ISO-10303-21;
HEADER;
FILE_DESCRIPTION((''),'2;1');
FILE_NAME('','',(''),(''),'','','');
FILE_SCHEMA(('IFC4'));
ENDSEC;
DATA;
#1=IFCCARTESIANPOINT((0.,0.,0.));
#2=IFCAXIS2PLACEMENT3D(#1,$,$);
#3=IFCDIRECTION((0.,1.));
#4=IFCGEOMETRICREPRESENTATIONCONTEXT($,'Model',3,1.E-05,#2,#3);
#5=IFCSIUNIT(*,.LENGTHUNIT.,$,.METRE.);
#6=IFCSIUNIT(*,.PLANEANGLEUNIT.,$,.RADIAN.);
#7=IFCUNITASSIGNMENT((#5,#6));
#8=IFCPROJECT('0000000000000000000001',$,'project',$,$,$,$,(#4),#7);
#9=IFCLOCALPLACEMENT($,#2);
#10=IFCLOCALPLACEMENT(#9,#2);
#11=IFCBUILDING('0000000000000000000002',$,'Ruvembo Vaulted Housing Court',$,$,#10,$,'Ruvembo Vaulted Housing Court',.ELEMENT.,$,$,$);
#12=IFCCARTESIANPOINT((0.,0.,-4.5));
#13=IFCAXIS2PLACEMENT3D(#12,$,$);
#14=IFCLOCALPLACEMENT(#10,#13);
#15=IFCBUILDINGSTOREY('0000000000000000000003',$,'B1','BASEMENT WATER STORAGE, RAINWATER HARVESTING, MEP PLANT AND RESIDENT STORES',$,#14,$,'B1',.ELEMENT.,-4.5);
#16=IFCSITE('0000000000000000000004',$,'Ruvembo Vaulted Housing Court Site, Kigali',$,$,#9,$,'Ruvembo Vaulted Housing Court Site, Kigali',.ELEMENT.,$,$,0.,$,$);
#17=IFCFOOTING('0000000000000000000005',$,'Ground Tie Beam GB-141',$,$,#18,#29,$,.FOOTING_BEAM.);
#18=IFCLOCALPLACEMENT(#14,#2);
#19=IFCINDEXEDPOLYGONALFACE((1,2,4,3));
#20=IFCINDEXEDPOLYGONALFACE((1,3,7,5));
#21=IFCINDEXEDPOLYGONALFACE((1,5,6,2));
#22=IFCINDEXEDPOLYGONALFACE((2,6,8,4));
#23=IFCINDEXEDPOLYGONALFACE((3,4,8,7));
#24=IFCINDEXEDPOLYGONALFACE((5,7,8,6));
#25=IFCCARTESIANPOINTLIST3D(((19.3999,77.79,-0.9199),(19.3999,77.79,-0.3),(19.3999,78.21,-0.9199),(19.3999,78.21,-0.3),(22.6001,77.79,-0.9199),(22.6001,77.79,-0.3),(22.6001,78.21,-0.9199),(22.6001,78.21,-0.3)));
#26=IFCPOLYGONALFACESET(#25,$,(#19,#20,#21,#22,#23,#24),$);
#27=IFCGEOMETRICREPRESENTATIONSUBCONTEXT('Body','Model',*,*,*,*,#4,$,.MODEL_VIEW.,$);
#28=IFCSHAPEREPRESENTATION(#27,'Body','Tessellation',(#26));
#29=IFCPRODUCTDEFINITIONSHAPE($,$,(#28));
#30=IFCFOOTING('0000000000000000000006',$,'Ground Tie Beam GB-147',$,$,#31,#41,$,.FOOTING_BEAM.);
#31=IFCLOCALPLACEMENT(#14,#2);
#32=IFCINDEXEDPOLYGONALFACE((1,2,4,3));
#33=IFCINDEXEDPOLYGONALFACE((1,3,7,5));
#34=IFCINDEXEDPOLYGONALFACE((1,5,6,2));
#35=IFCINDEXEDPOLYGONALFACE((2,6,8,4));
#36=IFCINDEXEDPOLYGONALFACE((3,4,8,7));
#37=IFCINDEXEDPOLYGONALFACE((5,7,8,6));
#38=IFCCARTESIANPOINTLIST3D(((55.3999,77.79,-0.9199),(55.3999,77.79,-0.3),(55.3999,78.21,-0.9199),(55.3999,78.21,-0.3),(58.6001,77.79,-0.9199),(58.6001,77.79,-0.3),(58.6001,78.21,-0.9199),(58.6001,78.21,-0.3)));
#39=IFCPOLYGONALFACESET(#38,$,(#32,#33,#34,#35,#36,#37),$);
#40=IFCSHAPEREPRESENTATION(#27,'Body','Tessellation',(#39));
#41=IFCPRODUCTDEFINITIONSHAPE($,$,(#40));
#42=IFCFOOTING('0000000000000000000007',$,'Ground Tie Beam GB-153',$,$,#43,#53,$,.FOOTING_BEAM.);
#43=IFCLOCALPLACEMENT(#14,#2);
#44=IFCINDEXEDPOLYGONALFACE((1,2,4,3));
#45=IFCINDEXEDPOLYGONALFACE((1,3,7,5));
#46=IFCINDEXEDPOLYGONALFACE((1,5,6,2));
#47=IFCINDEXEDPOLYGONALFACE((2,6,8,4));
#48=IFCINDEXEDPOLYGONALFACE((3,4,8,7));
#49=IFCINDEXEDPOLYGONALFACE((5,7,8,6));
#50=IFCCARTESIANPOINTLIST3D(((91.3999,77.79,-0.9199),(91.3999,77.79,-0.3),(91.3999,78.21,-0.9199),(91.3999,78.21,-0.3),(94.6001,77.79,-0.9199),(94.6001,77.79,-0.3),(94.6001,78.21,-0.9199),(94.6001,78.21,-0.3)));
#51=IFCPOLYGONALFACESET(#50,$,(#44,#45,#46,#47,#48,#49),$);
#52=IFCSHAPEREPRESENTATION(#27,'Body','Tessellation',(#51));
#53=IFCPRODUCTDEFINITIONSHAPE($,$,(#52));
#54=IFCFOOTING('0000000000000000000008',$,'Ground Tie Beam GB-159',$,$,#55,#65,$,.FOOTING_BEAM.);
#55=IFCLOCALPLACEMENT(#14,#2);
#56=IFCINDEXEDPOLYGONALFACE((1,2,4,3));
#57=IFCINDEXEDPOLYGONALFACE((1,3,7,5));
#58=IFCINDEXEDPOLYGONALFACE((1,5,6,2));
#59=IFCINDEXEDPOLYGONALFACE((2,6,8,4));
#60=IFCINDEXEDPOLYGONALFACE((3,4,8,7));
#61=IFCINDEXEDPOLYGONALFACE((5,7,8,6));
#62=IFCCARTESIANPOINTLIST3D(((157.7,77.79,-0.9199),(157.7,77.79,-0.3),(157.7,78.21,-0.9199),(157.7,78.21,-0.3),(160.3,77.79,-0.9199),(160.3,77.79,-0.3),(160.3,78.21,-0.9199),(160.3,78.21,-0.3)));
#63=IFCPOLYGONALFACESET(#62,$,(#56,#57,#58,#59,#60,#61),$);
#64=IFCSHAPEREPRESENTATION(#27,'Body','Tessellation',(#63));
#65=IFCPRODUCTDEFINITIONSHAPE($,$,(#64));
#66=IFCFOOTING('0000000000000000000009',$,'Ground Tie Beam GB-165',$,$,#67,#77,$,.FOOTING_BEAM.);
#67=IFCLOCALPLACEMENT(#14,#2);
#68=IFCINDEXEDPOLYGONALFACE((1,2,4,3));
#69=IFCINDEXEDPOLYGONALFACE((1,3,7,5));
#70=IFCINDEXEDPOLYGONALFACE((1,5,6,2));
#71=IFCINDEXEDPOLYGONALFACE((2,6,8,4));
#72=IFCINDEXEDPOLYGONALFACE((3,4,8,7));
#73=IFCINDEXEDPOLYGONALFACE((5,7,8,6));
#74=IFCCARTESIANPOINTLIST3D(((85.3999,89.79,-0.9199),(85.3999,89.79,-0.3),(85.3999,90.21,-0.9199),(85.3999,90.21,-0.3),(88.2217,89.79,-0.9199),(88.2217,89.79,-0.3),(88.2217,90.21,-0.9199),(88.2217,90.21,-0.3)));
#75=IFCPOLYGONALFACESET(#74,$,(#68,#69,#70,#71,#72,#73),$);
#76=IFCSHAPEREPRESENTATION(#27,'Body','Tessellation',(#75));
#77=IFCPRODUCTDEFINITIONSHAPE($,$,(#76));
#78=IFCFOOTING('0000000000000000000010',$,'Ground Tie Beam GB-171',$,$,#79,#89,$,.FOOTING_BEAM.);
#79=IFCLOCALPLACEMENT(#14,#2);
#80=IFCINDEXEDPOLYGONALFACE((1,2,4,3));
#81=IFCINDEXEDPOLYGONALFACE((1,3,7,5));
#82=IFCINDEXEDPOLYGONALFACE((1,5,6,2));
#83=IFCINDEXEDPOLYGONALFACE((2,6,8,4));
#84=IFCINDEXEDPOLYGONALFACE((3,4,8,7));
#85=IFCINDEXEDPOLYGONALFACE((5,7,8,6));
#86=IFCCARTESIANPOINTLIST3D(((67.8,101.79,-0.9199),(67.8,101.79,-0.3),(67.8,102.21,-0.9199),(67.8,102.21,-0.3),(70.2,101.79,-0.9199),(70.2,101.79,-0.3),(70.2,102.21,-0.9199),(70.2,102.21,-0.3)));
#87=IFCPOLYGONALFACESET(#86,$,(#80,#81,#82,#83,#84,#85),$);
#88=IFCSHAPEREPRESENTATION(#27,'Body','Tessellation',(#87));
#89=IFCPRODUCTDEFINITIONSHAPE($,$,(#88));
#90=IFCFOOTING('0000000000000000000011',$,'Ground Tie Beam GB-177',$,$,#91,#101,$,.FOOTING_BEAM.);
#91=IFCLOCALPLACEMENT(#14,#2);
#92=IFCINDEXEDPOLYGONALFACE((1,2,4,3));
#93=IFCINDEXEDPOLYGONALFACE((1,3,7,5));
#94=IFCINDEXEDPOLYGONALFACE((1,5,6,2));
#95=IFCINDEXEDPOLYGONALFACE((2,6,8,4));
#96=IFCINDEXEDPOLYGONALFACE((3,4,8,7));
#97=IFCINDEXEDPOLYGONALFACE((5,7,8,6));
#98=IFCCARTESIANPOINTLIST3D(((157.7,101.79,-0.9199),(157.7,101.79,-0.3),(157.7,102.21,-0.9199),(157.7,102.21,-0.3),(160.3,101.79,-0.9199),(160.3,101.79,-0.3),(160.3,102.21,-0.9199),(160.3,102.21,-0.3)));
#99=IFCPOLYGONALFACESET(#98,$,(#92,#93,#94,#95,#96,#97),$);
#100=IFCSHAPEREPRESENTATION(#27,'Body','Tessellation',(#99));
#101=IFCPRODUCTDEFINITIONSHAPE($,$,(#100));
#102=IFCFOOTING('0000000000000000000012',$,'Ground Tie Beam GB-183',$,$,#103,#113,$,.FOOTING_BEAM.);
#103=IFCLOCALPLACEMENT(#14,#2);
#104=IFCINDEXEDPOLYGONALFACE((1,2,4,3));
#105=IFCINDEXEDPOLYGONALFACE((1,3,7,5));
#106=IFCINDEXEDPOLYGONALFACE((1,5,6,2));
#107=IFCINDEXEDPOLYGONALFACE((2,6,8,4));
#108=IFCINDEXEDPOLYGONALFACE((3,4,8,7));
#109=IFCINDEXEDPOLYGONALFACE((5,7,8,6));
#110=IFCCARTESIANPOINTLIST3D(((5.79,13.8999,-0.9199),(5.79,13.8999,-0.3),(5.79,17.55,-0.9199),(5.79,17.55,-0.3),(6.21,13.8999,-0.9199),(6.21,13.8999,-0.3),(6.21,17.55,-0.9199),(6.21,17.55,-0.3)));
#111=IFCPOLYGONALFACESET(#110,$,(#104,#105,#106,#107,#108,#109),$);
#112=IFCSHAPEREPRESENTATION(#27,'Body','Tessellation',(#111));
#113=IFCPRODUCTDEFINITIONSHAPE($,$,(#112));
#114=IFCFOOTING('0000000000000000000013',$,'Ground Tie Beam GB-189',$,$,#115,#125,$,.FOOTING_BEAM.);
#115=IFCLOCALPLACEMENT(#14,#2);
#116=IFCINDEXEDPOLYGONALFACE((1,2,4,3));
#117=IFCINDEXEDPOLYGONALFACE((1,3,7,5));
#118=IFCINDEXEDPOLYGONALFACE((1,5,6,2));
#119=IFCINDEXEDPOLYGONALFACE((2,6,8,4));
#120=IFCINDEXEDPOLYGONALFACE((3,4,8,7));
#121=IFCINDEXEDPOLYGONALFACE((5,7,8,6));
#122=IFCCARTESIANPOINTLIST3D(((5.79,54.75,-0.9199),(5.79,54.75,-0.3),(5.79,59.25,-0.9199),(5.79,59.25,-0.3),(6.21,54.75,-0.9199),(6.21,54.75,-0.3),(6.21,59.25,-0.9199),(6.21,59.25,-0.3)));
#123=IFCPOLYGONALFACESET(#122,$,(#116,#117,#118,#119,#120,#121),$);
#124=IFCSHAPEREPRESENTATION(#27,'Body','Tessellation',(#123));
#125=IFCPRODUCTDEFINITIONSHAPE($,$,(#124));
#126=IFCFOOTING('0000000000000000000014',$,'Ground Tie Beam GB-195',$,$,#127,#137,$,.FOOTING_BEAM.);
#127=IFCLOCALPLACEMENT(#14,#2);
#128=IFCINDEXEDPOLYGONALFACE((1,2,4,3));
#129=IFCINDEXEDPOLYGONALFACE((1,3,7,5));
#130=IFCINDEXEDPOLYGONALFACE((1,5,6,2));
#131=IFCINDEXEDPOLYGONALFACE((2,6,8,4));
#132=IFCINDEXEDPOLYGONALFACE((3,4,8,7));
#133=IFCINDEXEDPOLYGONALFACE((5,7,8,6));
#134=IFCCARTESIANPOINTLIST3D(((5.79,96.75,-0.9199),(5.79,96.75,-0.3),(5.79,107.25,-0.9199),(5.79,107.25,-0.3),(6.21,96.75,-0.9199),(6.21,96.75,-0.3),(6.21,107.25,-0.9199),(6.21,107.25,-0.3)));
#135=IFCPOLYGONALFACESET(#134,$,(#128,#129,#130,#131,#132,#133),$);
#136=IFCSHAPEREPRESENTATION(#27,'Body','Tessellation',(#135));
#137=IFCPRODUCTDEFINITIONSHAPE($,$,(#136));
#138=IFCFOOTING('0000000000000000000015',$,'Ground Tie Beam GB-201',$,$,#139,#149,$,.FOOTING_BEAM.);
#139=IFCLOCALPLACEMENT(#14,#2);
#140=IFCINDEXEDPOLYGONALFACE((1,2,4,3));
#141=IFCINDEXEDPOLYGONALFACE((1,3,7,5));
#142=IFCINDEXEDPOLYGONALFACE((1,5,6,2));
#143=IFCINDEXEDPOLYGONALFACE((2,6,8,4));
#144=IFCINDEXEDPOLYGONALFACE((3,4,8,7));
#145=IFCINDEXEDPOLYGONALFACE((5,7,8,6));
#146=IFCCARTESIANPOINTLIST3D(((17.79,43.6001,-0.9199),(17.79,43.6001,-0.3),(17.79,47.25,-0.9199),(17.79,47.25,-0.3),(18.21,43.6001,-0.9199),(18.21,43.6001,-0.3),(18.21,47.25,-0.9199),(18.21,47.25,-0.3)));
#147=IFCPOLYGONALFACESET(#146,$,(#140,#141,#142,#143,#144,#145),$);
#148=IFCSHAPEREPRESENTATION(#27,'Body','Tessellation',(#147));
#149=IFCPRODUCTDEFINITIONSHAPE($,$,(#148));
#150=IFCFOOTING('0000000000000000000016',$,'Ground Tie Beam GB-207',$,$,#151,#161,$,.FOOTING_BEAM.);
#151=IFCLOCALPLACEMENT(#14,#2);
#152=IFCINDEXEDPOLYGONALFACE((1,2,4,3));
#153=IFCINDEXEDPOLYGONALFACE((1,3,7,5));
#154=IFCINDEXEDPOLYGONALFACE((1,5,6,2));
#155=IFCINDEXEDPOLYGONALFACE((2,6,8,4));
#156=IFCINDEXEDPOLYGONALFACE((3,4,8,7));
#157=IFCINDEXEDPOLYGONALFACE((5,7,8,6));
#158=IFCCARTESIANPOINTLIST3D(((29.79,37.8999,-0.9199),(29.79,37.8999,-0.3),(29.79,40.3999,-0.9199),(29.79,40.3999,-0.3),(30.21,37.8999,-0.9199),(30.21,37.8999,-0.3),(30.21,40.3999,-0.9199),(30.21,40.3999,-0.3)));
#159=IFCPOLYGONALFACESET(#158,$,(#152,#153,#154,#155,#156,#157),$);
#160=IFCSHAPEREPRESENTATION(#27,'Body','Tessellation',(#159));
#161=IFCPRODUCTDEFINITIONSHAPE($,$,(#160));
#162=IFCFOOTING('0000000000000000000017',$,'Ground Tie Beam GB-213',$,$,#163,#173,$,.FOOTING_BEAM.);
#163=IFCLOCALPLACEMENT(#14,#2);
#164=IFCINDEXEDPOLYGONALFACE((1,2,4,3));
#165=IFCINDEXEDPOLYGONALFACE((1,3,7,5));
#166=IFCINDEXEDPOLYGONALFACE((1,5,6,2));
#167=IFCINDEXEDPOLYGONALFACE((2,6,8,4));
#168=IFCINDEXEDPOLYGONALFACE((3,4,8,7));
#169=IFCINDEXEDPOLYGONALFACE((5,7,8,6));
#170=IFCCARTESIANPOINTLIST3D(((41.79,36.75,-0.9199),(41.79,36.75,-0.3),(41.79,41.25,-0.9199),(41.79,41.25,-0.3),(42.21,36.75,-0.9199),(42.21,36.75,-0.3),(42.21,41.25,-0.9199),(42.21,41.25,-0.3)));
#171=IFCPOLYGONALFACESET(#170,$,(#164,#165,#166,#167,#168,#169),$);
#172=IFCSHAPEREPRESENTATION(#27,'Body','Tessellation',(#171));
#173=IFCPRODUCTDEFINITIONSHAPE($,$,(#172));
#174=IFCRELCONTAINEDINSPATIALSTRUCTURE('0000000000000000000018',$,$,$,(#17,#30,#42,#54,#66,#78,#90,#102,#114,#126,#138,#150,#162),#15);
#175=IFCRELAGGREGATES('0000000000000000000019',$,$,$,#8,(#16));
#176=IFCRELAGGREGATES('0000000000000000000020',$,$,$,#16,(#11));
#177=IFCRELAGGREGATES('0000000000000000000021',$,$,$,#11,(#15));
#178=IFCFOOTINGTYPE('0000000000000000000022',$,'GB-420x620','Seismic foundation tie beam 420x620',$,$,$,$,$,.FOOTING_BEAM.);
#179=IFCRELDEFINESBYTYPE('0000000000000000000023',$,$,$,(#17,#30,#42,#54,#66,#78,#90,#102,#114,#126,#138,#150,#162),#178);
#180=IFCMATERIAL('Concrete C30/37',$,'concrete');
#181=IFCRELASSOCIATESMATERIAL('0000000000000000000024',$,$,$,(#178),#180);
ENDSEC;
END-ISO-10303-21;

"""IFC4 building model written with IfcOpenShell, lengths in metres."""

from ifc_helpers import new_model, si_unit, direction, frame, origin, place, context, subcontext, project, spatial, polyline, outline, extrude, material, type_object, element, save


model = new_model("IFC4")

# Units and contexts
model_context = context("Model", 3, precision=1e-05, world=origin(), true_north=direction((0.0, 1.0)))
body_context = subcontext(model_context, "Body", "Model", "MODEL_VIEW")
ifc_project = project(units=[si_unit("LENGTHUNIT", "METRE"), si_unit("PLANEANGLEUNIT", "RADIAN")], contexts=[model_context])

# Site, building, storey
site_placement = place(None, origin())
site = spatial("IfcSite", under=ifc_project, at=site_placement, Name="Ruvembo Vaulted Housing Court Site, Kigali", LongName="Ruvembo Vaulted Housing Court Site, Kigali", CompositionType="ELEMENT", RefElevation=0.0)
building_placement = place(site_placement, origin())
building = spatial("IfcBuilding", under=site, at=building_placement, Name="Ruvembo Vaulted Housing Court", LongName="Ruvembo Vaulted Housing Court", CompositionType="ELEMENT")
storey_placement = place(building_placement, frame((0.0, 0.0, -4.5)))
storey = spatial("IfcBuildingStorey", under=building, at=storey_placement, Name="B1", Description="BASEMENT WATER STORAGE, RAINWATER HARVESTING, MEP PLANT AND RESIDENT STORES", LongName="B1", CompositionType="ELEMENT", Elevation=-4.5)

# Footings
ifc_material = material(Name="Concrete C30/37", Category="concrete")
footing_type = type_object("IfcFootingType", Name="GB-420x620", Description="Seismic foundation tie beam 420x620", PredefinedType="FOOTING_BEAM", material=ifc_material)
footing_1_placement = place(storey_placement, frame((0.0, 0.0, -0.9199)))
element("IfcFooting", 1, at=footing_1_placement, inside=storey, type_object=footing_type, Name="Ground Tie Beam GB-141", PredefinedType="FOOTING_BEAM", context=body_context, shape_type="SweptSolid", body=[
    extrude(outline(polyline([(19.3999, 77.79), (22.6001, 77.79), (22.6001, 78.21), (19.3999, 78.21), (19.3999, 77.79)])), origin(), (0.0, 0.0, 1.0), 0.6199),
])
footing_2_placement = place(storey_placement, frame((0.0, 0.0, -0.9199)))
element("IfcFooting", 2, at=footing_2_placement, inside=storey, type_object=footing_type, Name="Ground Tie Beam GB-147", PredefinedType="FOOTING_BEAM", context=body_context, shape_type="SweptSolid", body=[
    extrude(outline(polyline([(55.3999, 77.79), (58.6001, 77.79), (58.6001, 78.21), (55.3999, 78.21), (55.3999, 77.79)])), origin(), (0.0, 0.0, 1.0), 0.6199),
])
footing_3_placement = place(storey_placement, frame((0.0, 0.0, -0.9199)))
element("IfcFooting", 3, at=footing_3_placement, inside=storey, type_object=footing_type, Name="Ground Tie Beam GB-153", PredefinedType="FOOTING_BEAM", context=body_context, shape_type="SweptSolid", body=[
    extrude(outline(polyline([(91.3999, 77.79), (94.6001, 77.79), (94.6001, 78.21), (91.3999, 78.21), (91.3999, 77.79)])), origin(), (0.0, 0.0, 1.0), 0.6199),
])
footing_4_placement = place(storey_placement, frame((0.0, 0.0, -0.9199)))
element("IfcFooting", 4, at=footing_4_placement, inside=storey, type_object=footing_type, Name="Ground Tie Beam GB-159", PredefinedType="FOOTING_BEAM", context=body_context, shape_type="SweptSolid", body=[
    extrude(outline(polyline([(157.7, 77.79), (160.3, 77.79), (160.3, 78.21), (157.7, 78.21), (157.7, 77.79)])), origin(), (0.0, 0.0, 1.0), 0.6199),
])
footing_5_placement = place(storey_placement, frame((0.0, 0.0, -0.9199)))
element("IfcFooting", 5, at=footing_5_placement, inside=storey, type_object=footing_type, Name="Ground Tie Beam GB-165", PredefinedType="FOOTING_BEAM", context=body_context, shape_type="SweptSolid", body=[
    extrude(outline(polyline([(85.3999, 89.79), (88.2217, 89.79), (88.2217, 90.21), (85.3999, 90.21), (85.3999, 89.79)])), origin(), (0.0, 0.0, 1.0), 0.6199),
])
footing_6_placement = place(storey_placement, frame((0.0, 0.0, -0.9199)))
element("IfcFooting", 6, at=footing_6_placement, inside=storey, type_object=footing_type, Name="Ground Tie Beam GB-171", PredefinedType="FOOTING_BEAM", context=body_context, shape_type="SweptSolid", body=[
    extrude(outline(polyline([(67.8, 101.79), (70.2, 101.79), (70.2, 102.21), (67.8, 102.21), (67.8, 101.79)])), origin(), (0.0, 0.0, 1.0), 0.6199),
])
footing_7_placement = place(storey_placement, frame((0.0, 0.0, -0.9199)))
element("IfcFooting", 7, at=footing_7_placement, inside=storey, type_object=footing_type, Name="Ground Tie Beam GB-177", PredefinedType="FOOTING_BEAM", context=body_context, shape_type="SweptSolid", body=[
    extrude(outline(polyline([(157.7, 101.79), (160.3, 101.79), (160.3, 102.21), (157.7, 102.21), (157.7, 101.79)])), origin(), (0.0, 0.0, 1.0), 0.6199),
])
footing_8_placement = place(storey_placement, frame((0.0, 0.0, -0.9199)))
element("IfcFooting", 8, at=footing_8_placement, inside=storey, type_object=footing_type, Name="Ground Tie Beam GB-183", PredefinedType="FOOTING_BEAM", context=body_context, shape_type="SweptSolid", body=[
    extrude(outline(polyline([(5.79, 13.8999), (6.21, 13.8999), (6.21, 17.55), (5.79, 17.55), (5.79, 13.8999)])), origin(), (0.0, 0.0, 1.0), 0.6199),
])
footing_9_placement = place(storey_placement, frame((0.0, 0.0, -0.9199)))
element("IfcFooting", 9, at=footing_9_placement, inside=storey, type_object=footing_type, Name="Ground Tie Beam GB-189", PredefinedType="FOOTING_BEAM", context=body_context, shape_type="SweptSolid", body=[
    extrude(outline(polyline([(5.79, 54.75), (6.21, 54.75), (6.21, 59.25), (5.79, 59.25), (5.79, 54.75)])), origin(), (0.0, 0.0, 1.0), 0.6199),
])
footing_10_placement = place(storey_placement, frame((0.0, 0.0, -0.9199)))
element("IfcFooting", 10, at=footing_10_placement, inside=storey, type_object=footing_type, Name="Ground Tie Beam GB-195", PredefinedType="FOOTING_BEAM", context=body_context, shape_type="SweptSolid", body=[
    extrude(outline(polyline([(5.79, 96.75), (6.21, 96.75), (6.21, 107.25), (5.79, 107.25), (5.79, 96.75)])), origin(), (0.0, 0.0, 1.0), 0.6199),
])
footing_11_placement = place(storey_placement, frame((0.0, 0.0, -0.9199)))
element("IfcFooting", 11, at=footing_11_placement, inside=storey, type_object=footing_type, Name="Ground Tie Beam GB-201", PredefinedType="FOOTING_BEAM", context=body_context, shape_type="SweptSolid", body=[
    extrude(outline(polyline([(17.79, 43.6001), (18.21, 43.6001), (18.21, 47.25), (17.79, 47.25), (17.79, 43.6001)])), origin(), (0.0, 0.0, 1.0), 0.6199),
])
footing_12_placement = place(storey_placement, frame((0.0, 0.0, -0.9199)))
element("IfcFooting", 12, at=footing_12_placement, inside=storey, type_object=footing_type, Name="Ground Tie Beam GB-207", PredefinedType="FOOTING_BEAM", context=body_context, shape_type="SweptSolid", body=[
    extrude(outline(polyline([(29.79, 37.8999), (30.21, 37.8999), (30.21, 40.3999), (29.79, 40.3999), (29.79, 37.8999)])), origin(), (0.0, 0.0, 1.0), 0.6199),
])
footing_13_placement = place(storey_placement, frame((0.0, 0.0, -0.9199)))
element("IfcFooting", 13, at=footing_13_placement, inside=storey, type_object=footing_type, Name="Ground Tie Beam GB-213", PredefinedType="FOOTING_BEAM", context=body_context, shape_type="SweptSolid", body=[
    extrude(outline(polyline([(41.79, 36.75), (42.21, 36.75), (42.21, 41.25), (41.79, 41.25), (41.79, 36.75)])), origin(), (0.0, 0.0, 1.0), 0.6199),
])

save(model, "model.ifc")
